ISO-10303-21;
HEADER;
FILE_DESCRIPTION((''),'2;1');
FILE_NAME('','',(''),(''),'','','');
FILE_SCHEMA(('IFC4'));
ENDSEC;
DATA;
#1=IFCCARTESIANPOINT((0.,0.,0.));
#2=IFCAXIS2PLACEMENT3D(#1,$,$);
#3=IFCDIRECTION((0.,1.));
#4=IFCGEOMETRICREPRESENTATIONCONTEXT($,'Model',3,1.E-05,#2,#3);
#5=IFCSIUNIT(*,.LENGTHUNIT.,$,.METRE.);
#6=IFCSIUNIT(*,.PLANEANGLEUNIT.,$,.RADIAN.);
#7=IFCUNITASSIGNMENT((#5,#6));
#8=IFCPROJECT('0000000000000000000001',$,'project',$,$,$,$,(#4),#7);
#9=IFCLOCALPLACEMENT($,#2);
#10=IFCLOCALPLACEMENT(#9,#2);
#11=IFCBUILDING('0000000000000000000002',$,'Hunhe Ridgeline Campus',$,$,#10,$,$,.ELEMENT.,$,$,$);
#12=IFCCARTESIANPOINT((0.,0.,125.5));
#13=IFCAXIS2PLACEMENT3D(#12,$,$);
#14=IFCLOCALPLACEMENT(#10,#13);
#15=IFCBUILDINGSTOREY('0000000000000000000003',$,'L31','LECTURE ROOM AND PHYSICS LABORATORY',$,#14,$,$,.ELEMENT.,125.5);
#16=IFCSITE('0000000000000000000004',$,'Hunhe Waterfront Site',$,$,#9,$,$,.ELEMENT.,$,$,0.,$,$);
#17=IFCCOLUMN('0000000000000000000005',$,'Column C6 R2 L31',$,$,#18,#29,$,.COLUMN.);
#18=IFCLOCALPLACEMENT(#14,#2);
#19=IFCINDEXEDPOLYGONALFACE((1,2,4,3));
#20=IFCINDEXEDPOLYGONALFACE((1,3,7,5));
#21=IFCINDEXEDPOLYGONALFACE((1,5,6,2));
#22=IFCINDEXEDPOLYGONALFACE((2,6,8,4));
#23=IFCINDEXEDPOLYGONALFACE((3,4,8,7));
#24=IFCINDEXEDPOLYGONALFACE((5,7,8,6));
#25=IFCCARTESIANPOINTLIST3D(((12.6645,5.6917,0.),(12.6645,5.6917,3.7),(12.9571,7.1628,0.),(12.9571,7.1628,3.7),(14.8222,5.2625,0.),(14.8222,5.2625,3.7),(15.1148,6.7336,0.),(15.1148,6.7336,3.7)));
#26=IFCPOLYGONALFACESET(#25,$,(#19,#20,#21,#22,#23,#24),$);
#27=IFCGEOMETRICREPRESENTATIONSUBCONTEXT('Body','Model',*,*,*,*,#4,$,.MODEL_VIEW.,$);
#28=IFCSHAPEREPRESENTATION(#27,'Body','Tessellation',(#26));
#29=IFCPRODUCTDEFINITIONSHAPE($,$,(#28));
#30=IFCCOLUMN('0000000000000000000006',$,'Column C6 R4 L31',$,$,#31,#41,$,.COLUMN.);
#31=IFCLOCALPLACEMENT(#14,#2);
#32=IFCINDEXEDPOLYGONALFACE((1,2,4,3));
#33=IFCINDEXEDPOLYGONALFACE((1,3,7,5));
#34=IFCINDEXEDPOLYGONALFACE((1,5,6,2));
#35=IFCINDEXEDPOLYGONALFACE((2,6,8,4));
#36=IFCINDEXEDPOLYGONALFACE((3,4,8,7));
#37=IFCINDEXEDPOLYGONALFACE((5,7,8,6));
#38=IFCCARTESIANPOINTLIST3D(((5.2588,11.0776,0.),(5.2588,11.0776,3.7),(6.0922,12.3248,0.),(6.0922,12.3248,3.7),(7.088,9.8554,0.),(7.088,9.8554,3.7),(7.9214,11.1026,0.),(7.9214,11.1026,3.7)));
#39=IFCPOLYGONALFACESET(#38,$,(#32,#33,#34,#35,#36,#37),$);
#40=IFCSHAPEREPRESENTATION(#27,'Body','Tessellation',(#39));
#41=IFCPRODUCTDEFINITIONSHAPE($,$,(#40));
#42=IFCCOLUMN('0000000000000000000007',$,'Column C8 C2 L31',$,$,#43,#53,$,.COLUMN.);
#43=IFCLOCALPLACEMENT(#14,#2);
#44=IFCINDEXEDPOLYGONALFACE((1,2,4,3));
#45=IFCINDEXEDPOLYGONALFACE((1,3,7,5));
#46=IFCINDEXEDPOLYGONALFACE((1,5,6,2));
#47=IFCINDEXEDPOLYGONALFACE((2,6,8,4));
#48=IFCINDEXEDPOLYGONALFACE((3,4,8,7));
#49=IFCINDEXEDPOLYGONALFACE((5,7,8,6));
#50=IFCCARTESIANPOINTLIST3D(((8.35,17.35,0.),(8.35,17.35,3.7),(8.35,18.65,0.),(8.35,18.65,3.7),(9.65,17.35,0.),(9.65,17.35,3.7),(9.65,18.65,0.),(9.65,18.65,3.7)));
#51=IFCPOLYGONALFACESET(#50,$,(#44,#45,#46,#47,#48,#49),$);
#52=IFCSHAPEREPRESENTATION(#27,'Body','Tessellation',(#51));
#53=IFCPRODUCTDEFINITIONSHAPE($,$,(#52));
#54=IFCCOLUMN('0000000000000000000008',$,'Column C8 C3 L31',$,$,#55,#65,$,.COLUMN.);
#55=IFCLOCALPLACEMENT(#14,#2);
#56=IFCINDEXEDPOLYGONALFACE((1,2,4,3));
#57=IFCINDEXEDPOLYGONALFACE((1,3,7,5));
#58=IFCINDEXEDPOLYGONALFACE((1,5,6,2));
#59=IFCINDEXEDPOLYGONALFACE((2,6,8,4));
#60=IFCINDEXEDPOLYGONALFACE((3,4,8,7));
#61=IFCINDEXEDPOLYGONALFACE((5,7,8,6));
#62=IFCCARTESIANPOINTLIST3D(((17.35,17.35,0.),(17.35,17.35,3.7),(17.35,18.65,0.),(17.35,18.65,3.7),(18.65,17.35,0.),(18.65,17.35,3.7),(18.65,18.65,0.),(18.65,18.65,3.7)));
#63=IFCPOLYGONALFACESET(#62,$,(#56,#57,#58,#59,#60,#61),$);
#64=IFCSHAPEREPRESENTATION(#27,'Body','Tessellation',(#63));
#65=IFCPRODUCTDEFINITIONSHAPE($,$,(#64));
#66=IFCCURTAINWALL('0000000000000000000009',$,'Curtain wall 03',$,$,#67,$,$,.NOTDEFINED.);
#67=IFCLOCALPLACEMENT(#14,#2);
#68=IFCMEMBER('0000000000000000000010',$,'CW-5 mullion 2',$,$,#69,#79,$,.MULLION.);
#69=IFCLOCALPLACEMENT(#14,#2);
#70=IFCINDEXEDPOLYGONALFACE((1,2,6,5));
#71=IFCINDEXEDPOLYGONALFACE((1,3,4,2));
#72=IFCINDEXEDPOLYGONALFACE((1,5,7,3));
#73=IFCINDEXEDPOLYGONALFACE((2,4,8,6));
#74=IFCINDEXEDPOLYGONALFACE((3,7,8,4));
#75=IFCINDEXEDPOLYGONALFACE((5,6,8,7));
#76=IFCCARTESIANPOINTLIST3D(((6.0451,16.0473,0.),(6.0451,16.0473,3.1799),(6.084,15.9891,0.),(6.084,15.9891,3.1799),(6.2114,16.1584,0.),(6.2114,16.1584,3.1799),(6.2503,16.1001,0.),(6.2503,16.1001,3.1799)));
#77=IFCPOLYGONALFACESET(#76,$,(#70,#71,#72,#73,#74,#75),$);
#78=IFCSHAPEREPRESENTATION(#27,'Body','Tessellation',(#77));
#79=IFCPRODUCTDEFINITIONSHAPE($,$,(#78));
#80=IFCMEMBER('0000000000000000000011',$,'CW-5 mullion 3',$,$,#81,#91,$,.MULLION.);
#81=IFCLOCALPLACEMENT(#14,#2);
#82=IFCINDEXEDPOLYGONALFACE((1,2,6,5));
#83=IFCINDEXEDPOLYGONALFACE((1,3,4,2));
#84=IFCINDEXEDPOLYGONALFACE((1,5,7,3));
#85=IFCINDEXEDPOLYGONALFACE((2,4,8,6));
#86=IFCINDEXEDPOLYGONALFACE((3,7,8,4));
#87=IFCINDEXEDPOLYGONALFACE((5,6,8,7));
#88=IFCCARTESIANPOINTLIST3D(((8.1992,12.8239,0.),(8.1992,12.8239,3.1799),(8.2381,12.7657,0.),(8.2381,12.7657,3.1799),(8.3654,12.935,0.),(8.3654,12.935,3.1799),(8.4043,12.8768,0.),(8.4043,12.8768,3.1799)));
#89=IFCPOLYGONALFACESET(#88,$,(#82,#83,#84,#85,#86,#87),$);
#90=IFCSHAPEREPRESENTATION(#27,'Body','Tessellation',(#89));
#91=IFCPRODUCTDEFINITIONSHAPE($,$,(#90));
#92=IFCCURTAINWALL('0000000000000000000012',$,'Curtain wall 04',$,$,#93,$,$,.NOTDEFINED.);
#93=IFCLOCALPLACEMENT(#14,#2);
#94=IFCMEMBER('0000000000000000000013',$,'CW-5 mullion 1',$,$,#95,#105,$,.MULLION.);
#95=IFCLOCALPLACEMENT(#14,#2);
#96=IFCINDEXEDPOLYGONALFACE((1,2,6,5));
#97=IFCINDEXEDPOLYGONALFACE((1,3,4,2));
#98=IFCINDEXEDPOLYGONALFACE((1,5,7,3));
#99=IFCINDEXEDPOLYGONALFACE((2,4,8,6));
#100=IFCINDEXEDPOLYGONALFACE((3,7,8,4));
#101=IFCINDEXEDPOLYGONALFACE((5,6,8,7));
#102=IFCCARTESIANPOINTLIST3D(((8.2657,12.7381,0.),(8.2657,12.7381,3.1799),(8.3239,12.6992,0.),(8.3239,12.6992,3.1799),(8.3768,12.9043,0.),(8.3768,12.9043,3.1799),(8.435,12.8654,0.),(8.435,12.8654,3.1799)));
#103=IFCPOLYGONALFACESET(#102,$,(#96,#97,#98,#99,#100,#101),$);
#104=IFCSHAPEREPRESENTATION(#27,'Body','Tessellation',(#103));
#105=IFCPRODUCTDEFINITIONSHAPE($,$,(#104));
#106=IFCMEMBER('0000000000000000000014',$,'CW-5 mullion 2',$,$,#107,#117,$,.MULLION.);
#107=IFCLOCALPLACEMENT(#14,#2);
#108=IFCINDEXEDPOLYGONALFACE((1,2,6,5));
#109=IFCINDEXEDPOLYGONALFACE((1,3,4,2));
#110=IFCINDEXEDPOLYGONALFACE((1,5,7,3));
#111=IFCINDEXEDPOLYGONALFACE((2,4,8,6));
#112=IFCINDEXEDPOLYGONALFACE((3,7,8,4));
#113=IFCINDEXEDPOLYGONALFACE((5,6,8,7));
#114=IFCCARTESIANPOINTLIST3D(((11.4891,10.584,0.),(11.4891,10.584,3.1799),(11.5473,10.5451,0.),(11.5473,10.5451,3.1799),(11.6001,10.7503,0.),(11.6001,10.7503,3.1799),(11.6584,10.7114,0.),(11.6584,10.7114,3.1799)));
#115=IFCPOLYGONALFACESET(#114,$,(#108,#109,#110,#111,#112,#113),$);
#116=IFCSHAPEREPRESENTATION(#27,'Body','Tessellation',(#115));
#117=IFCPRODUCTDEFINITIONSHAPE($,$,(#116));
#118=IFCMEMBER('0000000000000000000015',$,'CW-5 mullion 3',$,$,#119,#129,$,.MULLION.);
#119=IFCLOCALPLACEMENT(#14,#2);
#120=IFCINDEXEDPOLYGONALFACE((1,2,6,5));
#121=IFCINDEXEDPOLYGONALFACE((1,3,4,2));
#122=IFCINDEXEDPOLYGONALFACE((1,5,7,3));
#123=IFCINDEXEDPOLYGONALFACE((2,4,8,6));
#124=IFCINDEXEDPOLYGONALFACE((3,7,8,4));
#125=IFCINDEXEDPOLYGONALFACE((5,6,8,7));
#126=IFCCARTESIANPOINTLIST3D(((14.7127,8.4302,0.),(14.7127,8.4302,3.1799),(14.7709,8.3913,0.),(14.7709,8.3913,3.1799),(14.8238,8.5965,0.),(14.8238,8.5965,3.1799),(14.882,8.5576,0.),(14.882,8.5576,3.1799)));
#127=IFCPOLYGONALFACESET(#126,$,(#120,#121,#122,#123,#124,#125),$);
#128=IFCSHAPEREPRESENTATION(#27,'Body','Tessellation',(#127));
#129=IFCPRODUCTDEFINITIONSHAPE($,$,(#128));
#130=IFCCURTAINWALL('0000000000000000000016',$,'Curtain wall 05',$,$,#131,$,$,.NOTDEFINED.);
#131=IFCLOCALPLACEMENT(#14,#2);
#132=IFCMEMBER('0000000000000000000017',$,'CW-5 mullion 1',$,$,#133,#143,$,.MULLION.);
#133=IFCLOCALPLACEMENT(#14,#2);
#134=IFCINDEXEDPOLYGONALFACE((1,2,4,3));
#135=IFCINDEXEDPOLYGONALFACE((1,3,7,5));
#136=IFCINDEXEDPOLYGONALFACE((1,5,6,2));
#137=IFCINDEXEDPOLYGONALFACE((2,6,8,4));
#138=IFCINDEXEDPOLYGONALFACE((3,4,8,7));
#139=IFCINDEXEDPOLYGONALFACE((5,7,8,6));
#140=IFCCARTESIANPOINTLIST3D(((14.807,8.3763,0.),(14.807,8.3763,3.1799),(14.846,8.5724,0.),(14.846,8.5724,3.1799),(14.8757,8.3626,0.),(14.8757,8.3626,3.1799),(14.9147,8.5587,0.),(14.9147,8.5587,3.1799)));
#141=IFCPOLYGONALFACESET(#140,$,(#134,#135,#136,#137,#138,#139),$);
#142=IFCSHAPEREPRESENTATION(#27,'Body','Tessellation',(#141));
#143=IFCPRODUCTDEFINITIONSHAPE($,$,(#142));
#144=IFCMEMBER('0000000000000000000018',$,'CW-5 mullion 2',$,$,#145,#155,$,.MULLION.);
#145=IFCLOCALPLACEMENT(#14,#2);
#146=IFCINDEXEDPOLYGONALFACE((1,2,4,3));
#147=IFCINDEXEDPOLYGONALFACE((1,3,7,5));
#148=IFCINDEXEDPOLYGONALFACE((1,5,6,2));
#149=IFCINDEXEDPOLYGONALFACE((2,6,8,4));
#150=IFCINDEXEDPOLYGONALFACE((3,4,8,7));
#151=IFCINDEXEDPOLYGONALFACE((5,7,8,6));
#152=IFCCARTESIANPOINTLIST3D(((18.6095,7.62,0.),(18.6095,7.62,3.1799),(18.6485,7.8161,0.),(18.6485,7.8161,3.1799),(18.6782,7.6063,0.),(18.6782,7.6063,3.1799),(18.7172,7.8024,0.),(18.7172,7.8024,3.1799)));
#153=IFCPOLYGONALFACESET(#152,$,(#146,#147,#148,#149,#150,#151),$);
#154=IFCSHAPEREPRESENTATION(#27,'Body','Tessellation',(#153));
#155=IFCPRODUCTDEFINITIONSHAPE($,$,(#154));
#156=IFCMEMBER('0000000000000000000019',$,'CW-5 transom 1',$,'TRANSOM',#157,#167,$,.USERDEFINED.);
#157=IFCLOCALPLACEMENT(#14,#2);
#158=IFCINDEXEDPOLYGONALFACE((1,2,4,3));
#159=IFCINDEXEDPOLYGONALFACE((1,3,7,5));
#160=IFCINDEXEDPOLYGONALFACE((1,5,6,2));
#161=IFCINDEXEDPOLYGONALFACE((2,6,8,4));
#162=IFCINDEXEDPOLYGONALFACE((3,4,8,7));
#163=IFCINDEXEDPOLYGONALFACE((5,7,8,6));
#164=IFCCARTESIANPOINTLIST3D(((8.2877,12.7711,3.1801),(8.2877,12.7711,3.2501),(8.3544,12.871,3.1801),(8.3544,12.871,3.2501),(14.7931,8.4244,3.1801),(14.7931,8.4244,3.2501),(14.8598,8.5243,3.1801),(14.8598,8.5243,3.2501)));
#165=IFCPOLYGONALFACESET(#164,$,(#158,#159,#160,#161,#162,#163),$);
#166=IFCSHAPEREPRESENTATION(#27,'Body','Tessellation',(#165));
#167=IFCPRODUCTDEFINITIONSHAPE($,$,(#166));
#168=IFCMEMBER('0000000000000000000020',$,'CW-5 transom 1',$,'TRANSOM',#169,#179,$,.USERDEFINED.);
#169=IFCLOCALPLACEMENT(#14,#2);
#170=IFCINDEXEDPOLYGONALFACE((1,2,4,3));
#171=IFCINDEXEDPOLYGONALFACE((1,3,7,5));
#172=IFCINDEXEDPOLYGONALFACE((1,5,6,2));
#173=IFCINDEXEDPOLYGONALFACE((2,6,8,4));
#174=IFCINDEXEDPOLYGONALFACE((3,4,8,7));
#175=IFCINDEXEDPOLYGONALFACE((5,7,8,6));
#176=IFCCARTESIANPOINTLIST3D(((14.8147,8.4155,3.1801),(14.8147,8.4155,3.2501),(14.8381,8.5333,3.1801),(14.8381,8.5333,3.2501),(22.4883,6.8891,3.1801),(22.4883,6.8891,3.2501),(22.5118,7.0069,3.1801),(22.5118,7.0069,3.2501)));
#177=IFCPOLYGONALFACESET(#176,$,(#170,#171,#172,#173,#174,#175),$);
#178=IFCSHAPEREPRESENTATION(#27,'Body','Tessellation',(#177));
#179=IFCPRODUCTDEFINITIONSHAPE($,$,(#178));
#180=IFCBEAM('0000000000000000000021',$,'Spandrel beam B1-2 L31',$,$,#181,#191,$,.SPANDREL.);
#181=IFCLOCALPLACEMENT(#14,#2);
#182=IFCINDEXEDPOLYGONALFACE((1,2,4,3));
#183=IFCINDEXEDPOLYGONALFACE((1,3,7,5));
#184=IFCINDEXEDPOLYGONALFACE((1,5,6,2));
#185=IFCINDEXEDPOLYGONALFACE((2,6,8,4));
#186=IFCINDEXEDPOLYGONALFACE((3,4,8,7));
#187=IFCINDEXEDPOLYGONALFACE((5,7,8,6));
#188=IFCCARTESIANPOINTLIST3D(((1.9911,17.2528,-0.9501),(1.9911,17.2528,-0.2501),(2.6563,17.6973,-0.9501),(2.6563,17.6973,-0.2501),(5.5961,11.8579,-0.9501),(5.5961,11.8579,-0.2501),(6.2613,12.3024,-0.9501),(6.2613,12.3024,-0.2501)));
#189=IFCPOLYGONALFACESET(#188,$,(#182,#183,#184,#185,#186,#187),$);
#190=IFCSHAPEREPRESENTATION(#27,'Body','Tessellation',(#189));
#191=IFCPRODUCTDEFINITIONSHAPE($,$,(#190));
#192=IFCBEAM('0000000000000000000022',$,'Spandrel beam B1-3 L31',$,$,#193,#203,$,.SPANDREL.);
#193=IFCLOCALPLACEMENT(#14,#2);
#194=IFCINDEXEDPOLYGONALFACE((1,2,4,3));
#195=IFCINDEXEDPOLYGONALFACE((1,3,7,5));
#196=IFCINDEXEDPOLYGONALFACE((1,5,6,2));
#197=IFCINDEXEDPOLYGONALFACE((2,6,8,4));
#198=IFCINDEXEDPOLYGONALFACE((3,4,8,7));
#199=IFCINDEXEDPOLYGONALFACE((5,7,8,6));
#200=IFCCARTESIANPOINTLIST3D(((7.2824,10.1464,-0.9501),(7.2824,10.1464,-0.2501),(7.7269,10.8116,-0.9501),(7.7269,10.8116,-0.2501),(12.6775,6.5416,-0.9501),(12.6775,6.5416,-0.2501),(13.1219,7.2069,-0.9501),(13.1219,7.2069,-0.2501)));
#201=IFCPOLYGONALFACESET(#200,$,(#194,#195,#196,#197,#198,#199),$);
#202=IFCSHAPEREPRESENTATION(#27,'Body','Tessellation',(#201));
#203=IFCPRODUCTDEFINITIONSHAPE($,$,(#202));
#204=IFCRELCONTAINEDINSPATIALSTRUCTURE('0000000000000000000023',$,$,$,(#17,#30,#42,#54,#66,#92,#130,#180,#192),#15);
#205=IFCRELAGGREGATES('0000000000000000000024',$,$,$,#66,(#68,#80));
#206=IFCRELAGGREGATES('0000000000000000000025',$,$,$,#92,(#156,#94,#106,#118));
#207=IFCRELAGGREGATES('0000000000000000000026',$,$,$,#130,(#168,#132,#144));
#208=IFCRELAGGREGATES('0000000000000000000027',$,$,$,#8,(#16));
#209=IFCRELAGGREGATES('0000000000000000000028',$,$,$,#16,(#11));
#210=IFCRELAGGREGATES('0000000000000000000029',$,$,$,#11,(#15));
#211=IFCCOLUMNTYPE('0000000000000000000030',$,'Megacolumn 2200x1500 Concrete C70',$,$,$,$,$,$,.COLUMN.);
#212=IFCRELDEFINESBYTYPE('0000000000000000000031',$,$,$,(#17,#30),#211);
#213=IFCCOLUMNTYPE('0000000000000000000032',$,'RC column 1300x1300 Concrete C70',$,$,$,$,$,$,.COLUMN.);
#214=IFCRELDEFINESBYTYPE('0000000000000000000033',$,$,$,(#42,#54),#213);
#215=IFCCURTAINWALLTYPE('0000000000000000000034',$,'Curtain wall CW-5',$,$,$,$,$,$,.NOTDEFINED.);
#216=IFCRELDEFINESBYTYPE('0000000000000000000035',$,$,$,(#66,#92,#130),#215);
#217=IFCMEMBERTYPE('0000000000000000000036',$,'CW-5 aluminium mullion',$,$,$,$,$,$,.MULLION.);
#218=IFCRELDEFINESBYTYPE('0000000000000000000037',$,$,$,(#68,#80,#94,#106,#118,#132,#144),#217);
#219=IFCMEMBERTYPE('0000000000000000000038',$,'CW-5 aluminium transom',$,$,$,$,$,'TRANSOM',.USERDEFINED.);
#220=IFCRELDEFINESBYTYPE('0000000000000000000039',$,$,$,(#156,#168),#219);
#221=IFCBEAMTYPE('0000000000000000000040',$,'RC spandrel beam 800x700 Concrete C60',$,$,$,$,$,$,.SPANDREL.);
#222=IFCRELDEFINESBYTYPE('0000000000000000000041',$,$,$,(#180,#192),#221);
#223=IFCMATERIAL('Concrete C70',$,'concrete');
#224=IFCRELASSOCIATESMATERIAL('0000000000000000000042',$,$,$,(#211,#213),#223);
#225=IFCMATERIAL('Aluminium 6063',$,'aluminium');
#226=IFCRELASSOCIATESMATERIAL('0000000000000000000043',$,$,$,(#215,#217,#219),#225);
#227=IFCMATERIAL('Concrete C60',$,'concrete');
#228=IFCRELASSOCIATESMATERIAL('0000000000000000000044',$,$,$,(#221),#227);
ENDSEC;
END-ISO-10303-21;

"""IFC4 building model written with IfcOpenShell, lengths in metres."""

from ifc_helpers import new_model, si_unit, direction, frame, origin, origin_2d, place, context, subcontext, project, spatial, rectangle, extrude, material, material_profile, profile_set, type_object, element, aggregate, save


model = new_model("IFC4")

# Units and contexts
model_context = context("Model", 3, precision=1e-05, world=origin(), true_north=direction((0.0, 1.0)))
body_context = subcontext(model_context, "Body", "Model", "MODEL_VIEW")
ifc_project = project(units=[si_unit("LENGTHUNIT", "METRE"), si_unit("PLANEANGLEUNIT", "RADIAN")], contexts=[model_context])

# Site, building, storey
site_placement = place(None, origin())
site = spatial("IfcSite", under=ifc_project, at=site_placement, Name="Hunhe Waterfront Site", CompositionType="ELEMENT", RefElevation=0.0)
building_placement = place(site_placement, origin())
building = spatial("IfcBuilding", under=site, at=building_placement, Name="Hunhe Ridgeline Campus", CompositionType="ELEMENT")
storey_placement = place(building_placement, frame((0.0, 0.0, 125.5)))
storey = spatial("IfcBuildingStorey", under=building, at=storey_placement, Name="L31", Description="LECTURE ROOM AND PHYSICS LABORATORY", CompositionType="ELEMENT", Elevation=125.5)

# Columns
ifc_material_1 = material(Name="Concrete C70", Category="concrete")
ifc_material_profile_1 = material_profile(ifc_material_1, rectangle(XDim=2.2, YDim=1.5, at=origin_2d()))
ifc_profile_set_1 = profile_set([ifc_material_profile_1], Name="Concrete C70")
column_type_1 = type_object("IfcColumnType", Name="Megacolumn 2200x1500 Concrete C70", PredefinedType="COLUMN", material=ifc_profile_set_1)
for number, where, z_axis, x_axis, name in (
    (1, (13.8896, 6.2126, 0.0), (0.0, 0.0, 1.0), (-0.980785, 0.19509, 0.0), "Column C6 R2 L31"),
    (2, (6.5901, 11.0901, 0.0), (0.0, 0.0, 1.0), (-0.83147, 0.55557, 0.0), "Column C6 R4 L31"),
):
    element("IfcColumn", number, at=place(storey_placement, frame(where, z_axis=z_axis, x_axis=x_axis)), inside=storey, type_object=column_type_1, Name=name, PredefinedType="COLUMN", context=body_context, shape_type="SweptSolid", body=[
        extrude(rectangle(XDim=2.2, YDim=1.5, at=origin_2d()), origin(), (0.0, 0.0, 1.0), 3.7),
    ])
ifc_material_profile_2 = material_profile(ifc_material_1, rectangle(XDim=1.3, YDim=1.3, at=origin_2d()))
ifc_profile_set_2 = profile_set([ifc_material_profile_2], Name="Concrete C70")
column_type_2 = type_object("IfcColumnType", Name="RC column 1300x1300 Concrete C70", PredefinedType="COLUMN", material=ifc_profile_set_2)
for number, where, z_axis, x_axis, name in (
    (3, (9.0, 18.0, 0.0), (0.0, 0.0, 1.0), (1.0, 0.0, 0.0), "Column C8 C2 L31"),
    (4, (18.0, 18.0, 0.0), (0.0, 0.0, 1.0), (1.0, 0.0, 0.0), "Column C8 C3 L31"),
):
    element("IfcColumn", number, at=place(storey_placement, frame(where, z_axis=z_axis, x_axis=x_axis)), inside=storey, type_object=column_type_2, Name=name, PredefinedType="COLUMN", context=body_context, shape_type="SweptSolid", body=[
        extrude(rectangle(XDim=1.3, YDim=1.3, at=origin_2d()), origin(), (0.0, 0.0, 1.0), 3.7),
    ])

# Curtain walls, members
ifc_material_2 = material(Name="Aluminium 6063", Category="aluminium")
curtain_wall_type = type_object("IfcCurtainWallType", Name="Curtain wall CW-5", PredefinedType="NOTDEFINED", material=ifc_material_2)
curtain_wall_1_placement = place(storey_placement, origin())
curtain_wall_1 = element("IfcCurtainWall", 5, at=curtain_wall_1_placement, inside=storey, type_object=curtain_wall_type, Name="Curtain wall 03", PredefinedType="NOTDEFINED")
ifc_material_profile_3 = material_profile(ifc_material_2, rectangle(XDim=0.2, YDim=0.0701, at=origin_2d()))
ifc_profile_set_3 = profile_set([ifc_material_profile_3], Name="Aluminium 6063")
member_type_1 = type_object("IfcMemberType", Name="CW-5 aluminium mullion", PredefinedType="MULLION", material=ifc_profile_set_3)
member_1_placement = place(storey_placement, frame((6.1477, 16.0737, 0.0), z_axis=(0.0, 0.0, 1.0), x_axis=(0.83147, 0.55557, 0.0)))
member_1 = element("IfcMember", 6, at=member_1_placement, type_object=member_type_1, Name="CW-5 mullion 2", PredefinedType="MULLION", context=body_context, shape_type="SweptSolid", body=[
    extrude(rectangle(XDim=0.2, YDim=0.0701, at=origin_2d()), origin(), (0.0, 0.0, 1.0), 3.1799),
])
member_2_placement = place(storey_placement, frame((8.3018, 12.8503, 0.0), z_axis=(0.0, 0.0, 1.0), x_axis=(0.83147, 0.55557, 0.0)))
member_2 = element("IfcMember", 7, at=member_2_placement, type_object=member_type_1, Name="CW-5 mullion 3", PredefinedType="MULLION", context=body_context, shape_type="SweptSolid", body=[
    extrude(rectangle(XDim=0.2, YDim=0.0701, at=origin_2d()), origin(), (0.0, 0.0, 1.0), 3.1799),
])
curtain_wall_2_placement = place(storey_placement, origin())
curtain_wall_2 = element("IfcCurtainWall", 8, at=curtain_wall_2_placement, inside=storey, type_object=curtain_wall_type, Name="Curtain wall 04", PredefinedType="NOTDEFINED")
member_3_placement = place(storey_placement, frame((8.3503, 12.8018, 0.0), z_axis=(0.0, 0.0, 1.0), x_axis=(0.55557, 0.83147, 0.0)))
member_3 = element("IfcMember", 9, at=member_3_placement, type_object=member_type_1, Name="CW-5 mullion 1", PredefinedType="MULLION", context=body_context, shape_type="SweptSolid", body=[
    extrude(rectangle(XDim=0.2, YDim=0.0701, at=origin_2d()), origin(), (0.0, 0.0, 1.0), 3.1799),
])
member_4_placement = place(storey_placement, frame((11.5737, 10.6477, 0.0), z_axis=(0.0, 0.0, 1.0), x_axis=(0.55557, 0.83147, 0.0)))
member_4 = element("IfcMember", 10, at=member_4_placement, type_object=member_type_1, Name="CW-5 mullion 2", PredefinedType="MULLION", context=body_context, shape_type="SweptSolid", body=[
    extrude(rectangle(XDim=0.2, YDim=0.0701, at=origin_2d()), origin(), (0.0, 0.0, 1.0), 3.1799),
])
member_5_placement = place(storey_placement, frame((14.7974, 8.4939, 0.0), z_axis=(0.0, 0.0, 1.0), x_axis=(0.55557, 0.83147, 0.0)))
member_5 = element("IfcMember", 11, at=member_5_placement, type_object=member_type_1, Name="CW-5 mullion 3", PredefinedType="MULLION", context=body_context, shape_type="SweptSolid", body=[
    extrude(rectangle(XDim=0.2, YDim=0.0701, at=origin_2d()), origin(), (0.0, 0.0, 1.0), 3.1799),
])
curtain_wall_3_placement = place(storey_placement, origin())
curtain_wall_3 = element("IfcCurtainWall", 12, at=curtain_wall_3_placement, inside=storey, type_object=curtain_wall_type, Name="Curtain wall 05", PredefinedType="NOTDEFINED")
member_6_placement = place(storey_placement, frame((14.8608, 8.4675, 0.0), z_axis=(0.0, 0.0, 1.0), x_axis=(0.19509, 0.980785, 0.0)))
member_6 = element("IfcMember", 13, at=member_6_placement, type_object=member_type_1, Name="CW-5 mullion 1", PredefinedType="MULLION", context=body_context, shape_type="SweptSolid", body=[
    extrude(rectangle(XDim=0.2, YDim=0.0701, at=origin_2d()), origin(), (0.0, 0.0, 1.0), 3.1799),
])
member_7_placement = place(storey_placement, frame((18.6633, 7.7112, 0.0), z_axis=(0.0, 0.0, 1.0), x_axis=(0.19509, 0.980785, 0.0)))
member_7 = element("IfcMember", 14, at=member_7_placement, type_object=member_type_1, Name="CW-5 mullion 2", PredefinedType="MULLION", context=body_context, shape_type="SweptSolid", body=[
    extrude(rectangle(XDim=0.2, YDim=0.0701, at=origin_2d()), origin(), (0.0, 0.0, 1.0), 3.1799),
])

# Members
ifc_material_profile_4 = material_profile(ifc_material_2, rectangle(XDim=0.1201, YDim=0.0701, at=origin_2d()))
ifc_profile_set_4 = profile_set([ifc_material_profile_4], Name="Aluminium 6063")
member_type_2 = type_object("IfcMemberType", Name="CW-5 aluminium transom", ElementType="TRANSOM", PredefinedType="USERDEFINED", material=ifc_profile_set_4)
member_8_placement = place(storey_placement, frame((8.321, 12.821, 3.2151), z_axis=(0.831474, -0.555564, 0.0), x_axis=(0.555564, 0.831474, 0.0)))
member_8 = element("IfcMember", 15, at=member_8_placement, type_object=member_type_2, Name="CW-5 transom 1", ObjectType="TRANSOM", PredefinedType="USERDEFINED", context=body_context, shape_type="SweptSolid", body=[
    extrude(rectangle(XDim=0.1201, YDim=0.0701, at=origin_2d()), origin(), (0.0, 0.0, 1.0), 7.824),
])
member_9_placement = place(storey_placement, frame((14.8264, 8.4744, 3.2151), z_axis=(0.980785, -0.19509, 0.0), x_axis=(0.19509, 0.980785, 0.0)))
member_9 = element("IfcMember", 16, at=member_9_placement, type_object=member_type_2, Name="CW-5 transom 1", ObjectType="TRANSOM", PredefinedType="USERDEFINED", context=body_context, shape_type="SweptSolid", body=[
    extrude(rectangle(XDim=0.1201, YDim=0.0701, at=origin_2d()), origin(), (0.0, 0.0, 1.0), 7.824),
])

# Beams
ifc_material_3 = material(Name="Concrete C60", Category="concrete")
ifc_material_profile_5 = material_profile(ifc_material_3, rectangle(XDim=0.8, YDim=0.7, at=origin_2d()))
ifc_profile_set_5 = profile_set([ifc_material_profile_5], Name="Concrete C60")
beam_type = type_object("IfcBeamType", Name="RC spandrel beam 800x700 Concrete C60", PredefinedType="SPANDREL", material=ifc_profile_set_5)
for number, where, z_axis, x_axis, name in (
    (17, (2.3237, 17.4751, -0.6001), (0.555586, -0.831459, 0.0), (0.831459, 0.555586, 0.0), "Spandrel beam B1-2 L31"),
    (18, (7.5046, 10.479, -0.6001), (0.831477, -0.55556, 0.0), (0.55556, 0.831477, 0.0), "Spandrel beam B1-3 L31"),
):
    element("IfcBeam", number, at=place(storey_placement, frame(where, z_axis=z_axis, x_axis=x_axis)), inside=storey, type_object=beam_type, Name=name, PredefinedType="SPANDREL", context=body_context, shape_type="SweptSolid", body=[
        extrude(rectangle(XDim=0.8, YDim=0.7, at=origin_2d()), origin(), (0.0, 0.0, 1.0), 6.4885),
    ])

aggregate(curtain_wall_1, [member_1, member_2])
aggregate(curtain_wall_2, [member_8, member_3, member_4, member_5])
aggregate(curtain_wall_3, [member_9, member_6, member_7])

save(model, "model.ifc")
